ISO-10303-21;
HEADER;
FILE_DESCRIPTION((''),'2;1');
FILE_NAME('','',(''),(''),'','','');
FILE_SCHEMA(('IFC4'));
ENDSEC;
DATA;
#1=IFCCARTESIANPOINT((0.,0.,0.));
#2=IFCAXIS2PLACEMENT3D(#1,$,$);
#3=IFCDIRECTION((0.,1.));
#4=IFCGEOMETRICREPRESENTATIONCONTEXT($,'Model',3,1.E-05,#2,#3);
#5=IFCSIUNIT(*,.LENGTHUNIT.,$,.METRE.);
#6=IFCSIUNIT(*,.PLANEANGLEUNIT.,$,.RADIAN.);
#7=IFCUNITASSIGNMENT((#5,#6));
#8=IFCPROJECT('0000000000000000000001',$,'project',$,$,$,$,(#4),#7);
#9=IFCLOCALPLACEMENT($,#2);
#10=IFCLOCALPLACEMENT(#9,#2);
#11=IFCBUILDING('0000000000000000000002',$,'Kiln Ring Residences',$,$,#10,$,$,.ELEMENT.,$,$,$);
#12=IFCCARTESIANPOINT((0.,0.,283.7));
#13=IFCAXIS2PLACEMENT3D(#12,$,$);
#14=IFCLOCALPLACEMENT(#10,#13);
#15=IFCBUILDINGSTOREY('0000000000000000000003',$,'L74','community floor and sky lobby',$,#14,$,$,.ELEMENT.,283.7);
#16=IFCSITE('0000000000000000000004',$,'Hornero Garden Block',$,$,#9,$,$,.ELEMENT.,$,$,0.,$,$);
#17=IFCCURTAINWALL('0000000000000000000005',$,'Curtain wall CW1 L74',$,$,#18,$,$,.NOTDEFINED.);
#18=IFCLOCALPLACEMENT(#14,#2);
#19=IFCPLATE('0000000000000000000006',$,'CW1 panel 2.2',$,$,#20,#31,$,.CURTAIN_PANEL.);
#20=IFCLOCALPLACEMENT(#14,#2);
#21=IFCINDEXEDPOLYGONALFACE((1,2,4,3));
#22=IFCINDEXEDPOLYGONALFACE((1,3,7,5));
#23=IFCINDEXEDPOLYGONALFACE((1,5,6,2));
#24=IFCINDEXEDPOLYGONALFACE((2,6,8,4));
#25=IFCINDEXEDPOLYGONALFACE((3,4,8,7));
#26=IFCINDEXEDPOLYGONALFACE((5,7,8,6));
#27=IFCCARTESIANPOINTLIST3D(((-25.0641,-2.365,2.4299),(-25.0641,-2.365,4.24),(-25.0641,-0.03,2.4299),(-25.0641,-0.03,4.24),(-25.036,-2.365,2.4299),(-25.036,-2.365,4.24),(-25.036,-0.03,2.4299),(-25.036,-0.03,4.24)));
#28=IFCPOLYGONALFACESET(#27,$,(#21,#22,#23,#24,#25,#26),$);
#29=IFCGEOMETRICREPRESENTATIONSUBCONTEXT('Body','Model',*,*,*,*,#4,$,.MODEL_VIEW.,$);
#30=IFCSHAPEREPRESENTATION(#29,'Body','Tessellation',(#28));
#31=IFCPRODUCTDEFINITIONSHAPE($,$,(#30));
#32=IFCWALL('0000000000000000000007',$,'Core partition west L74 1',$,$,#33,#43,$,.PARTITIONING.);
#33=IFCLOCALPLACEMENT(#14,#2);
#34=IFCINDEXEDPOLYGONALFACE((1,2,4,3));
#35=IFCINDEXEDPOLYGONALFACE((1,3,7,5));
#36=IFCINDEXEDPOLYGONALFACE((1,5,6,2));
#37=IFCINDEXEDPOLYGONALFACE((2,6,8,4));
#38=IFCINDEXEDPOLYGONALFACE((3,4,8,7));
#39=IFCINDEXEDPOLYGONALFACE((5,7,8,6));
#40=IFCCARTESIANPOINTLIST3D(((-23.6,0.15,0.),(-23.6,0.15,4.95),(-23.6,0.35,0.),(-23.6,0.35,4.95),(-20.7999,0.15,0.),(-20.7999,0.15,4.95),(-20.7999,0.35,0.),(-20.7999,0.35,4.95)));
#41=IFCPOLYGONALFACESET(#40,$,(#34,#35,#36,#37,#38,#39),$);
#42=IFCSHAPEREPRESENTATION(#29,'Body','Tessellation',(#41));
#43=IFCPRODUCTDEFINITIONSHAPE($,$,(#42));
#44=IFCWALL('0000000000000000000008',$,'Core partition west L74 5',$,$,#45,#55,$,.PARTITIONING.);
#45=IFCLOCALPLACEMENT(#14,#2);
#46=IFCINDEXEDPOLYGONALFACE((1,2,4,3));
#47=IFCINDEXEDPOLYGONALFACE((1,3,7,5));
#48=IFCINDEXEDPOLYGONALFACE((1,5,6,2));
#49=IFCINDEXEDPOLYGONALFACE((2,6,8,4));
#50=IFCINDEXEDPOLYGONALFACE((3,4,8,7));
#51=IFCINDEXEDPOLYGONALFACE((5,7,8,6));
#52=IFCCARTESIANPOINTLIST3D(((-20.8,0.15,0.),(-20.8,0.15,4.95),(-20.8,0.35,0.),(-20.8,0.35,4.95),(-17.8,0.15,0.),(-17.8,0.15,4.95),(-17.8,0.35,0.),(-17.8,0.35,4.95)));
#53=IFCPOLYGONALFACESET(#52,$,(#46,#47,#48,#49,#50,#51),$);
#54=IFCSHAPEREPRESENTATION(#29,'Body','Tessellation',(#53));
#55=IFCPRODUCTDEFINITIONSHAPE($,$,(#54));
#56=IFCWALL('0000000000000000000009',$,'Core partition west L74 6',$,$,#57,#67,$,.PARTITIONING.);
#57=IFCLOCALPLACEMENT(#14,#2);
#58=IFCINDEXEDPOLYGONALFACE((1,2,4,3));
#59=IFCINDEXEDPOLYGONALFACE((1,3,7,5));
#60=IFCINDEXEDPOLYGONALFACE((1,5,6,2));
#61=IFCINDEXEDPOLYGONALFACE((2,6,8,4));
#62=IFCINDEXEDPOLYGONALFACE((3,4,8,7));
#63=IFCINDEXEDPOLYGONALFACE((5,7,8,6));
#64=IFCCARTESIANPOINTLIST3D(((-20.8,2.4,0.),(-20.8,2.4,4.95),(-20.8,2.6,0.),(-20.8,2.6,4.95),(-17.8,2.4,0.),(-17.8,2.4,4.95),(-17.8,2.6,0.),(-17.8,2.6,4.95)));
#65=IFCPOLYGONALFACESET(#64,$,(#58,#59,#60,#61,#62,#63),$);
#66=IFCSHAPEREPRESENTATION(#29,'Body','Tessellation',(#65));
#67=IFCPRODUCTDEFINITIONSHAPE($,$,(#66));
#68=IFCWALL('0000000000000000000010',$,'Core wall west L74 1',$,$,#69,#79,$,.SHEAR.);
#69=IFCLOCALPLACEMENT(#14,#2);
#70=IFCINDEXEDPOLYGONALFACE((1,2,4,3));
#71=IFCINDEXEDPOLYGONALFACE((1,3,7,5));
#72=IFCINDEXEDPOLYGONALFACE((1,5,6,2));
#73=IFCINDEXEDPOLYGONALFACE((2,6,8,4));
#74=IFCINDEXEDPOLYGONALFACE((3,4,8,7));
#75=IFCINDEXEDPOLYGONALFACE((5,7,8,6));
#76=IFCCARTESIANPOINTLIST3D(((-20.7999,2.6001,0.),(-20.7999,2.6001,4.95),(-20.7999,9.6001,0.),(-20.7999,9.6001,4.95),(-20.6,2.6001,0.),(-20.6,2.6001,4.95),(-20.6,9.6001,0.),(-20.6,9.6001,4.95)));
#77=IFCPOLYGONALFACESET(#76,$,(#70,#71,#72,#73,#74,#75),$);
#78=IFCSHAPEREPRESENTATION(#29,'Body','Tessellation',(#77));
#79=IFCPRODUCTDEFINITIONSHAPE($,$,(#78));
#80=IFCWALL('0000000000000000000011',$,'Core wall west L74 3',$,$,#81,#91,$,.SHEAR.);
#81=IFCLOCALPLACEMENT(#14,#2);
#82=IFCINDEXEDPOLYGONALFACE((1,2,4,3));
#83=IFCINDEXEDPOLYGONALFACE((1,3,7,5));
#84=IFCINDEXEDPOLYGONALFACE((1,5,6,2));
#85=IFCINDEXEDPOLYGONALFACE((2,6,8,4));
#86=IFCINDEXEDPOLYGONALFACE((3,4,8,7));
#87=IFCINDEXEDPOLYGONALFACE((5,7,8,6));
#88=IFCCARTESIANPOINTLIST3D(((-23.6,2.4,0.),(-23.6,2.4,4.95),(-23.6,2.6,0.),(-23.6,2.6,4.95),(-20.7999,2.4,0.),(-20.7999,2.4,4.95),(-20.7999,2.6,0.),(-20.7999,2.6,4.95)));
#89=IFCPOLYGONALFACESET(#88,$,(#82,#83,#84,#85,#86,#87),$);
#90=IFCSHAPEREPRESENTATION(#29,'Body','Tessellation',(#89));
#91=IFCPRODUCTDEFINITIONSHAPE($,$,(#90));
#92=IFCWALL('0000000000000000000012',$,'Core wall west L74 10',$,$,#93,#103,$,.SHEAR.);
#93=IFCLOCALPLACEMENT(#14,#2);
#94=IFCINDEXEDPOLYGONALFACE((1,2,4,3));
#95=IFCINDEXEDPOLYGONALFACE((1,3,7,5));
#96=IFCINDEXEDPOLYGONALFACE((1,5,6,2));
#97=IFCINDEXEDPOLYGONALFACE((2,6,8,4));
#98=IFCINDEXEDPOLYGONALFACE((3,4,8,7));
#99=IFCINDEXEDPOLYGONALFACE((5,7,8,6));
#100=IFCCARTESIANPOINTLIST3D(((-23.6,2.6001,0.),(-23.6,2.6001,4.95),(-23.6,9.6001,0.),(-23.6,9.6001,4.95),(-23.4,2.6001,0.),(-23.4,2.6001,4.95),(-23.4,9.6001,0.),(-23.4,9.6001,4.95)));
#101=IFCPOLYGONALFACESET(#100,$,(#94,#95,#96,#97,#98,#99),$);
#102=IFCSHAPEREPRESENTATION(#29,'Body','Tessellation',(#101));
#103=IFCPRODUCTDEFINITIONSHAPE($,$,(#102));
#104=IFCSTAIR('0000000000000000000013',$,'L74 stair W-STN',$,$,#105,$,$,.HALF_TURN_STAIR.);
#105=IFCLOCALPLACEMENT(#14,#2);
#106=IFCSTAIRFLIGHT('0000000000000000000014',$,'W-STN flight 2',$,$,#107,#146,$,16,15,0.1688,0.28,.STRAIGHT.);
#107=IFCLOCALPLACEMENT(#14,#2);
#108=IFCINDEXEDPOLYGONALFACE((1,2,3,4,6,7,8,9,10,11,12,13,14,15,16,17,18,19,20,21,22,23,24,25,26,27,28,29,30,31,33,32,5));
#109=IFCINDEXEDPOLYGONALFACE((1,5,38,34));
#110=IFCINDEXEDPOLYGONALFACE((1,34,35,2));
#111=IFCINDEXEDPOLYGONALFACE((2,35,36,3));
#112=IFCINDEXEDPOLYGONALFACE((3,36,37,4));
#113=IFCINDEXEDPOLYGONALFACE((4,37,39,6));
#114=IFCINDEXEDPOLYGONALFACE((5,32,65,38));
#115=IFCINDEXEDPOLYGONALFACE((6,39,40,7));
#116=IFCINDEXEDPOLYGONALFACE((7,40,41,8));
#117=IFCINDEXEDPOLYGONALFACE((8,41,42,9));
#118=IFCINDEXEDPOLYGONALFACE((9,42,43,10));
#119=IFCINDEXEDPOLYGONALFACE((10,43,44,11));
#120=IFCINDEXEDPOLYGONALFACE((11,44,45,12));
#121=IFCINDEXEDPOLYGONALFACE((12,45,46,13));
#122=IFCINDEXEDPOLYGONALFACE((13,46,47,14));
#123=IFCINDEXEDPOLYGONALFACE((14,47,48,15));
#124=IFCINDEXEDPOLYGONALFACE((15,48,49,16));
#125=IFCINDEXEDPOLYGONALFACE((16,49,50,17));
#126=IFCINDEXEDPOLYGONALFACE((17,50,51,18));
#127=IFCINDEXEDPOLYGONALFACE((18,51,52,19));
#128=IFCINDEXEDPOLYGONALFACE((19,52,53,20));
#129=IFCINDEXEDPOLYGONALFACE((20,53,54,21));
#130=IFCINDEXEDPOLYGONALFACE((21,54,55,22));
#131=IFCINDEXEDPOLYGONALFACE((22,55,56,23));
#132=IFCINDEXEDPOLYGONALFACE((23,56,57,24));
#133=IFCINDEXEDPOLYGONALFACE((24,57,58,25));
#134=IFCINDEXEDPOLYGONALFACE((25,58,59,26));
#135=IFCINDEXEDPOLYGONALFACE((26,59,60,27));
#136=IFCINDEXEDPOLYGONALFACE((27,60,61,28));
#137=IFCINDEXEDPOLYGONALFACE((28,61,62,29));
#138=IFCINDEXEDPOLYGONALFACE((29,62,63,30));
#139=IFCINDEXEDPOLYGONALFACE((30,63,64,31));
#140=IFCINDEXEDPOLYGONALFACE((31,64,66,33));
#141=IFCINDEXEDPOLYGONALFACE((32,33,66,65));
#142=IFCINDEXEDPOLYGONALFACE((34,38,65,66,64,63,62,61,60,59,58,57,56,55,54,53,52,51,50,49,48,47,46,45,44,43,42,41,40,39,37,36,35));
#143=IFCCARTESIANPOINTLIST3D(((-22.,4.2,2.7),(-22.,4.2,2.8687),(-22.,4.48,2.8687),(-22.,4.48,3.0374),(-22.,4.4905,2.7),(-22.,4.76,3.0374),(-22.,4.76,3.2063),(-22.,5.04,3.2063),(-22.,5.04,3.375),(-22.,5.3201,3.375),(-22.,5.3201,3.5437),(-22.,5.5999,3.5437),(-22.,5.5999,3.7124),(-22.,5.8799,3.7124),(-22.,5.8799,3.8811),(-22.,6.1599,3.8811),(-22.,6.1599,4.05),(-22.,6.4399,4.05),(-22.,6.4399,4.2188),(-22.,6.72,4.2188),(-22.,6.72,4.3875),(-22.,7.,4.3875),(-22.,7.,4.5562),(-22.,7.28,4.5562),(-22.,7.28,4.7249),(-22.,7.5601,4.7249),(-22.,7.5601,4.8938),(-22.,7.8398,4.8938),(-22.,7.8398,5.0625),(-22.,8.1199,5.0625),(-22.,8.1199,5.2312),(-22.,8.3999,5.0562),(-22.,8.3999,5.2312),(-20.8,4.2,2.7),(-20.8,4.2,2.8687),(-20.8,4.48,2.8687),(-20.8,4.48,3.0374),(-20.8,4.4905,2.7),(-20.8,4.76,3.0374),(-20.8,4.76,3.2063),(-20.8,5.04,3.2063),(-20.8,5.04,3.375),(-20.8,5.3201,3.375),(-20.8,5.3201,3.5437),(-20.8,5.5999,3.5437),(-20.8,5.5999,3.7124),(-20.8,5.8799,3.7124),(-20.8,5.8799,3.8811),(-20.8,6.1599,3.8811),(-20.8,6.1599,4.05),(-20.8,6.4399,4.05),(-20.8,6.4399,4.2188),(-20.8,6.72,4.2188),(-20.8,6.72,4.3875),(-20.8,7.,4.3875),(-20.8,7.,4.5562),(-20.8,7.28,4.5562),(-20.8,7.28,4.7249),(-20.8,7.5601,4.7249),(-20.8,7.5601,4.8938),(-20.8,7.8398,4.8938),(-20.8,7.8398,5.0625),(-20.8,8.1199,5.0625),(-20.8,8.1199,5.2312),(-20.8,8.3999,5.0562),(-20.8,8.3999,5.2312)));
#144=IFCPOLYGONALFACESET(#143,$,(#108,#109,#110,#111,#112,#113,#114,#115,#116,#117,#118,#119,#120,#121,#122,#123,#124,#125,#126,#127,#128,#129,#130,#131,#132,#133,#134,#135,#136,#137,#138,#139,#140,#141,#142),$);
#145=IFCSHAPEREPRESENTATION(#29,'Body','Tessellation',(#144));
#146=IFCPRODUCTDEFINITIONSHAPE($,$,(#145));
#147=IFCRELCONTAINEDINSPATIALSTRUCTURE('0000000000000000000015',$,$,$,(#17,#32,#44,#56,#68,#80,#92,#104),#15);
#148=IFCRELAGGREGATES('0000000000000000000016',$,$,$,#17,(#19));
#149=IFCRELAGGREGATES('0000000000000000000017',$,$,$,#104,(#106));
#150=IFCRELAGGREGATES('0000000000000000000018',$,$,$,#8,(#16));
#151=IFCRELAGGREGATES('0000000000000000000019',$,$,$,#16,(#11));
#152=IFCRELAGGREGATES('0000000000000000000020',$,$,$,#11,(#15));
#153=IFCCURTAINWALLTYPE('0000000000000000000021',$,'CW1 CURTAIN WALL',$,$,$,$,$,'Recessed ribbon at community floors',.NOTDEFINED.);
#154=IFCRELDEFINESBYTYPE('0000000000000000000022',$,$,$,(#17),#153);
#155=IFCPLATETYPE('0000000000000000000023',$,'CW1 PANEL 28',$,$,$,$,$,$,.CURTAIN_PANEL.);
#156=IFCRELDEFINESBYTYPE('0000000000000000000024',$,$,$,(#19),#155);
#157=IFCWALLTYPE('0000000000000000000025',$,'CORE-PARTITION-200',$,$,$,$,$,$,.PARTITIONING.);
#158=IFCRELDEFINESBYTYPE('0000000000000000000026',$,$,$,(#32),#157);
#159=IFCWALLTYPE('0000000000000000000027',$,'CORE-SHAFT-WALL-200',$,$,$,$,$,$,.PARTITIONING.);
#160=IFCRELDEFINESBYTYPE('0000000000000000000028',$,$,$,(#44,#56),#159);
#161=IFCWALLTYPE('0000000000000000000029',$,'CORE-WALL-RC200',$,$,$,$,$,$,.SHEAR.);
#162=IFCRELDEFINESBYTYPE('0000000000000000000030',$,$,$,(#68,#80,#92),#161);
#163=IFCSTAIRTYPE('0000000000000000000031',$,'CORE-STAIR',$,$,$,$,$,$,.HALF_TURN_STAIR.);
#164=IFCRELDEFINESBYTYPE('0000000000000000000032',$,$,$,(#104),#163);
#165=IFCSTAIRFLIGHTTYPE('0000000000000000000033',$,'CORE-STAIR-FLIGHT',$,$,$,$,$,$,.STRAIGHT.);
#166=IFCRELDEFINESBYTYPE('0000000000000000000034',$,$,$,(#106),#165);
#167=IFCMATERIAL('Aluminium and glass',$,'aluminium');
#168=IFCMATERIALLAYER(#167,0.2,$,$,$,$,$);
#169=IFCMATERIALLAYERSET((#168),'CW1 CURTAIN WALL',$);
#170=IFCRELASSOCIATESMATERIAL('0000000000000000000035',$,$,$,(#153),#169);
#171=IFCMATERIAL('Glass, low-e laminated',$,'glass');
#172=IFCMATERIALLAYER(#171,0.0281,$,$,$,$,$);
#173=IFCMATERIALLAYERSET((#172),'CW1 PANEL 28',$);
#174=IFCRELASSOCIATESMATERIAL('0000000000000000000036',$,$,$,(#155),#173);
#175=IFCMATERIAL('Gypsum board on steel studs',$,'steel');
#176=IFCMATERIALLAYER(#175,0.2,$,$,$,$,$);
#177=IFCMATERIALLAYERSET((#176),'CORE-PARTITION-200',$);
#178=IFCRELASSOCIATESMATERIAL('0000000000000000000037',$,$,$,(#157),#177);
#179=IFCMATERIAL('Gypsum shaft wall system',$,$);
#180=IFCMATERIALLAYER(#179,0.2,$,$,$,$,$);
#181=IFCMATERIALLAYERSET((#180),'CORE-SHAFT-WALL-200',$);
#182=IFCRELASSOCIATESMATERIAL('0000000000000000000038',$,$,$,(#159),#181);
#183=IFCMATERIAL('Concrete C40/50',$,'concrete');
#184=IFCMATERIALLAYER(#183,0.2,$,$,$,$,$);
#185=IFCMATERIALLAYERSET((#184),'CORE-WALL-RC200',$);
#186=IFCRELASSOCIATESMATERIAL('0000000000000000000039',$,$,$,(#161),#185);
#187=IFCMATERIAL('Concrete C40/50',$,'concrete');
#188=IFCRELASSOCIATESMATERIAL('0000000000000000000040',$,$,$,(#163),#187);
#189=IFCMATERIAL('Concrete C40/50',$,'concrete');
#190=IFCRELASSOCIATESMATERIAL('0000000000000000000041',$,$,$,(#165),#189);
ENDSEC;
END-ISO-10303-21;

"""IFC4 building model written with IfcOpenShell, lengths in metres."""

from ifc_helpers import new_model, si_unit, direction, frame, frame_2d, origin, origin_2d, place, context, subcontext, project, spatial, polyline, rectangle, outline, extrude, material, layer, layer_set, type_object, element, aggregate, save


model = new_model("IFC4")

# Units and contexts
model_context = context("Model", 3, precision=1e-05, world=origin(), true_north=direction((0.0, 1.0)))
body_context = subcontext(model_context, "Body", "Model", "MODEL_VIEW")
ifc_project = project(units=[si_unit("LENGTHUNIT", "METRE"), si_unit("PLANEANGLEUNIT", "RADIAN")], contexts=[model_context])

# Site, building, storey
site_placement = place(None, origin())
site = spatial("IfcSite", under=ifc_project, at=site_placement, Name="Hornero Garden Block", CompositionType="ELEMENT", RefElevation=0.0)
building_placement = place(site_placement, origin())
building = spatial("IfcBuilding", under=site, at=building_placement, Name="Kiln Ring Residences", CompositionType="ELEMENT")
storey_placement = place(building_placement, frame((0.0, 0.0, 283.7)))
storey = spatial("IfcBuildingStorey", under=building, at=storey_placement, Name="L74", Description="community floor and sky lobby", CompositionType="ELEMENT", Elevation=283.7)

# Shared definitions
ifc_material_1 = material(Name="Aluminium and glass", Category="aluminium")
ifc_layer_1 = layer(ifc_material_1, 0.2)
ifc_layer_set_1 = layer_set([ifc_layer_1], Name="CW1 CURTAIN WALL")
curtain_wall_type = type_object("IfcCurtainWallType", Name="CW1 CURTAIN WALL", ElementType="Recessed ribbon at community floors", PredefinedType="NOTDEFINED", material=ifc_layer_set_1)
placement = place(storey_placement, origin())

# Curtain wall
curtain_wall_1 = element("IfcCurtainWall", 1, at=placement, inside=storey, type_object=curtain_wall_type, Name="Curtain wall CW1 L74", PredefinedType="NOTDEFINED")

# Plate
ifc_material_2 = material(Name="Glass, low-e laminated", Category="glass")
ifc_layer_2 = layer(ifc_material_2, 0.0281)
ifc_layer_set_2 = layer_set([ifc_layer_2], Name="CW1 PANEL 28")
plate_type = type_object("IfcPlateType", Name="CW1 PANEL 28", PredefinedType="CURTAIN_PANEL", material=ifc_layer_set_2)
plate_1_placement = place(storey_placement, frame((-25.05, -1.1975, 2.4299), z_axis=(0.0, 0.0, 1.0), x_axis=(0.0, -1.0, 0.0)))
plate_1 = element("IfcPlate", 2, at=plate_1_placement, type_object=plate_type, Name="CW1 panel 2.2", PredefinedType="CURTAIN_PANEL", context=body_context, shape_type="SweptSolid", body=[
    extrude(rectangle(XDim=2.335, YDim=0.0281, at=origin_2d()), origin(), (0.0, 0.0, 1.0), 1.8101),
])
aggregate(curtain_wall_1, [plate_1])

# Walls
ifc_material_3 = material(Name="Gypsum board on steel studs", Category="steel")
ifc_layer_3 = layer(ifc_material_3, 0.2)
ifc_layer_set_3 = layer_set([ifc_layer_3], Name="CORE-PARTITION-200")
wall_type_1 = type_object("IfcWallType", Name="CORE-PARTITION-200", PredefinedType="PARTITIONING", material=ifc_layer_set_3)
wall_1_placement = place(storey_placement, frame((-20.8, 0.25, 0.0), z_axis=(0.0, 0.0, 1.0), x_axis=(-1.0, 0.0, 0.0)))
element("IfcWall", 3, at=wall_1_placement, inside=storey, type_object=wall_type_1, Name="Core partition west L74 1", PredefinedType="PARTITIONING", context=body_context, shape_type="SweptSolid", body=[
    extrude(rectangle(XDim=2.8, YDim=0.2, at=frame_2d((1.3999, 0.0))), origin(), (0.0, 0.0, 1.0), 4.95),
])
ifc_material_4 = material(Name="Gypsum shaft wall system")
ifc_layer_4 = layer(ifc_material_4, 0.2)
ifc_layer_set_4 = layer_set([ifc_layer_4], Name="CORE-SHAFT-WALL-200")
wall_type_2 = type_object("IfcWallType", Name="CORE-SHAFT-WALL-200", PredefinedType="PARTITIONING", material=ifc_layer_set_4)
for number, where, z_axis, x_axis, name in (
    (4, (-17.8, 0.25, 0.0), (0.0, 0.0, 1.0), (-1.0, 0.0, 0.0), "Core partition west L74 5"),
    (5, (-17.8, 2.5, 0.0), (0.0, 0.0, 1.0), (-1.0, 0.0, 0.0), "Core partition west L74 6"),
):
    element("IfcWall", number, at=place(storey_placement, frame(where, z_axis=z_axis, x_axis=x_axis)), inside=storey, type_object=wall_type_2, Name=name, PredefinedType="PARTITIONING", context=body_context, shape_type="SweptSolid", body=[
        extrude(rectangle(XDim=3.0, YDim=0.2, at=frame_2d((1.5, 0.0))), origin(), (0.0, 0.0, 1.0), 4.95),
    ])
ifc_material_5 = material(Name="Concrete C40/50", Category="concrete")
ifc_layer_5 = layer(ifc_material_5, 0.2)
ifc_layer_set_5 = layer_set([ifc_layer_5], Name="CORE-WALL-RC200")
wall_type_3 = type_object("IfcWallType", Name="CORE-WALL-RC200", PredefinedType="SHEAR", material=ifc_layer_set_5)
wall_2_placement = place(storey_placement, frame((-20.7, 2.6001, 0.0), z_axis=(0.0, 0.0, 1.0), x_axis=(0.0, 1.0, 0.0)))
element("IfcWall", 6, at=wall_2_placement, inside=storey, type_object=wall_type_3, Name="Core wall west L74 1", PredefinedType="SHEAR", context=body_context, shape_type="SweptSolid", body=[
    extrude(rectangle(XDim=7.0, YDim=0.2, at=frame_2d((3.5, 0.0))), origin(), (0.0, 0.0, 1.0), 4.95),
])
wall_3_placement = place(storey_placement, frame((-20.8, 2.5, 0.0), z_axis=(0.0, 0.0, 1.0), x_axis=(-1.0, 0.0, 0.0)))
element("IfcWall", 7, at=wall_3_placement, inside=storey, type_object=wall_type_3, Name="Core wall west L74 3", PredefinedType="SHEAR", context=body_context, shape_type="SweptSolid", body=[
    extrude(rectangle(XDim=2.8, YDim=0.2, at=frame_2d((1.3999, 0.0))), origin(), (0.0, 0.0, 1.0), 4.95),
])
wall_4_placement = place(storey_placement, frame((-23.5, 2.6001, 0.0), z_axis=(0.0, 0.0, 1.0), x_axis=(0.0, 1.0, 0.0)))
element("IfcWall", 8, at=wall_4_placement, inside=storey, type_object=wall_type_3, Name="Core wall west L74 10", PredefinedType="SHEAR", context=body_context, shape_type="SweptSolid", body=[
    extrude(rectangle(XDim=7.0, YDim=0.2, at=frame_2d((3.5, 0.0))), origin(), (0.0, 0.0, 1.0), 4.95),
])

# Stair, stair flight
ifc_material_6 = material(Name="Concrete C40/50", Category="concrete")
stair_type = type_object("IfcStairType", Name="CORE-STAIR", PredefinedType="HALF_TURN_STAIR", material=ifc_material_6)
stair = element("IfcStair", 9, at=placement, inside=storey, type_object=stair_type, Name="L74 stair W-STN", PredefinedType="HALF_TURN_STAIR")
ifc_material_7 = material(Name="Concrete C40/50", Category="concrete")
stair_flight_type = type_object("IfcStairFlightType", Name="CORE-STAIR-FLIGHT", PredefinedType="STRAIGHT", material=ifc_material_7)
stair_flight_placement = place(storey_placement, frame((-21.3999, 4.2, 2.7), z_axis=(0.0, 0.0, 1.0), x_axis=(0.0, 1.0, 0.0)))
stair_flight = element("IfcStairFlight", 10, at=stair_flight_placement, type_object=stair_flight_type, Name="W-STN flight 2", NumberOfRisers=16, NumberOfTreads=15, PredefinedType="STRAIGHT", RiserHeight=0.1688, TreadLength=0.28, context=body_context, shape_type="SweptSolid", body=[
    extrude(outline(polyline([(0.0, 0.0), (0.0, 0.1687), (0.28, 0.1687), (0.28, 0.3374), (0.5601, 0.3374), (0.5601, 0.5063), (0.8401, 0.5063), (0.8401, 0.675), (1.1201, 0.675), (1.1201, 0.8438), (1.3999, 0.8438), (1.3999, 1.0125), (1.6799, 1.0125), (1.6799, 1.1812), (1.96, 1.1812), (1.96, 1.3501), (2.24, 1.3501), (2.24, 1.5188), (2.52, 1.5188), (2.52, 1.6875), (2.8, 1.6875), (2.8, 1.8562), (3.0801, 1.8562), (3.0801, 2.0249), (3.3601, 2.0249), (3.3601, 2.1938), (3.6399, 2.1938), (3.6399, 2.3625), (3.9199, 2.3625), (3.9199, 2.5312), (4.2, 2.5312), (4.2, 2.7), (4.2, 2.3562), (0.2905, 0.0), (0.0, 0.0)])), frame((0.0, 0.6001, 0.0), z_axis=(0.0, -1.0, 0.0), x_axis=(1.0, 0.0, 0.0)), (0.0, 0.0, 1.0), 1.2),
])
aggregate(stair, [stair_flight])

save(model, "model.ifc")
